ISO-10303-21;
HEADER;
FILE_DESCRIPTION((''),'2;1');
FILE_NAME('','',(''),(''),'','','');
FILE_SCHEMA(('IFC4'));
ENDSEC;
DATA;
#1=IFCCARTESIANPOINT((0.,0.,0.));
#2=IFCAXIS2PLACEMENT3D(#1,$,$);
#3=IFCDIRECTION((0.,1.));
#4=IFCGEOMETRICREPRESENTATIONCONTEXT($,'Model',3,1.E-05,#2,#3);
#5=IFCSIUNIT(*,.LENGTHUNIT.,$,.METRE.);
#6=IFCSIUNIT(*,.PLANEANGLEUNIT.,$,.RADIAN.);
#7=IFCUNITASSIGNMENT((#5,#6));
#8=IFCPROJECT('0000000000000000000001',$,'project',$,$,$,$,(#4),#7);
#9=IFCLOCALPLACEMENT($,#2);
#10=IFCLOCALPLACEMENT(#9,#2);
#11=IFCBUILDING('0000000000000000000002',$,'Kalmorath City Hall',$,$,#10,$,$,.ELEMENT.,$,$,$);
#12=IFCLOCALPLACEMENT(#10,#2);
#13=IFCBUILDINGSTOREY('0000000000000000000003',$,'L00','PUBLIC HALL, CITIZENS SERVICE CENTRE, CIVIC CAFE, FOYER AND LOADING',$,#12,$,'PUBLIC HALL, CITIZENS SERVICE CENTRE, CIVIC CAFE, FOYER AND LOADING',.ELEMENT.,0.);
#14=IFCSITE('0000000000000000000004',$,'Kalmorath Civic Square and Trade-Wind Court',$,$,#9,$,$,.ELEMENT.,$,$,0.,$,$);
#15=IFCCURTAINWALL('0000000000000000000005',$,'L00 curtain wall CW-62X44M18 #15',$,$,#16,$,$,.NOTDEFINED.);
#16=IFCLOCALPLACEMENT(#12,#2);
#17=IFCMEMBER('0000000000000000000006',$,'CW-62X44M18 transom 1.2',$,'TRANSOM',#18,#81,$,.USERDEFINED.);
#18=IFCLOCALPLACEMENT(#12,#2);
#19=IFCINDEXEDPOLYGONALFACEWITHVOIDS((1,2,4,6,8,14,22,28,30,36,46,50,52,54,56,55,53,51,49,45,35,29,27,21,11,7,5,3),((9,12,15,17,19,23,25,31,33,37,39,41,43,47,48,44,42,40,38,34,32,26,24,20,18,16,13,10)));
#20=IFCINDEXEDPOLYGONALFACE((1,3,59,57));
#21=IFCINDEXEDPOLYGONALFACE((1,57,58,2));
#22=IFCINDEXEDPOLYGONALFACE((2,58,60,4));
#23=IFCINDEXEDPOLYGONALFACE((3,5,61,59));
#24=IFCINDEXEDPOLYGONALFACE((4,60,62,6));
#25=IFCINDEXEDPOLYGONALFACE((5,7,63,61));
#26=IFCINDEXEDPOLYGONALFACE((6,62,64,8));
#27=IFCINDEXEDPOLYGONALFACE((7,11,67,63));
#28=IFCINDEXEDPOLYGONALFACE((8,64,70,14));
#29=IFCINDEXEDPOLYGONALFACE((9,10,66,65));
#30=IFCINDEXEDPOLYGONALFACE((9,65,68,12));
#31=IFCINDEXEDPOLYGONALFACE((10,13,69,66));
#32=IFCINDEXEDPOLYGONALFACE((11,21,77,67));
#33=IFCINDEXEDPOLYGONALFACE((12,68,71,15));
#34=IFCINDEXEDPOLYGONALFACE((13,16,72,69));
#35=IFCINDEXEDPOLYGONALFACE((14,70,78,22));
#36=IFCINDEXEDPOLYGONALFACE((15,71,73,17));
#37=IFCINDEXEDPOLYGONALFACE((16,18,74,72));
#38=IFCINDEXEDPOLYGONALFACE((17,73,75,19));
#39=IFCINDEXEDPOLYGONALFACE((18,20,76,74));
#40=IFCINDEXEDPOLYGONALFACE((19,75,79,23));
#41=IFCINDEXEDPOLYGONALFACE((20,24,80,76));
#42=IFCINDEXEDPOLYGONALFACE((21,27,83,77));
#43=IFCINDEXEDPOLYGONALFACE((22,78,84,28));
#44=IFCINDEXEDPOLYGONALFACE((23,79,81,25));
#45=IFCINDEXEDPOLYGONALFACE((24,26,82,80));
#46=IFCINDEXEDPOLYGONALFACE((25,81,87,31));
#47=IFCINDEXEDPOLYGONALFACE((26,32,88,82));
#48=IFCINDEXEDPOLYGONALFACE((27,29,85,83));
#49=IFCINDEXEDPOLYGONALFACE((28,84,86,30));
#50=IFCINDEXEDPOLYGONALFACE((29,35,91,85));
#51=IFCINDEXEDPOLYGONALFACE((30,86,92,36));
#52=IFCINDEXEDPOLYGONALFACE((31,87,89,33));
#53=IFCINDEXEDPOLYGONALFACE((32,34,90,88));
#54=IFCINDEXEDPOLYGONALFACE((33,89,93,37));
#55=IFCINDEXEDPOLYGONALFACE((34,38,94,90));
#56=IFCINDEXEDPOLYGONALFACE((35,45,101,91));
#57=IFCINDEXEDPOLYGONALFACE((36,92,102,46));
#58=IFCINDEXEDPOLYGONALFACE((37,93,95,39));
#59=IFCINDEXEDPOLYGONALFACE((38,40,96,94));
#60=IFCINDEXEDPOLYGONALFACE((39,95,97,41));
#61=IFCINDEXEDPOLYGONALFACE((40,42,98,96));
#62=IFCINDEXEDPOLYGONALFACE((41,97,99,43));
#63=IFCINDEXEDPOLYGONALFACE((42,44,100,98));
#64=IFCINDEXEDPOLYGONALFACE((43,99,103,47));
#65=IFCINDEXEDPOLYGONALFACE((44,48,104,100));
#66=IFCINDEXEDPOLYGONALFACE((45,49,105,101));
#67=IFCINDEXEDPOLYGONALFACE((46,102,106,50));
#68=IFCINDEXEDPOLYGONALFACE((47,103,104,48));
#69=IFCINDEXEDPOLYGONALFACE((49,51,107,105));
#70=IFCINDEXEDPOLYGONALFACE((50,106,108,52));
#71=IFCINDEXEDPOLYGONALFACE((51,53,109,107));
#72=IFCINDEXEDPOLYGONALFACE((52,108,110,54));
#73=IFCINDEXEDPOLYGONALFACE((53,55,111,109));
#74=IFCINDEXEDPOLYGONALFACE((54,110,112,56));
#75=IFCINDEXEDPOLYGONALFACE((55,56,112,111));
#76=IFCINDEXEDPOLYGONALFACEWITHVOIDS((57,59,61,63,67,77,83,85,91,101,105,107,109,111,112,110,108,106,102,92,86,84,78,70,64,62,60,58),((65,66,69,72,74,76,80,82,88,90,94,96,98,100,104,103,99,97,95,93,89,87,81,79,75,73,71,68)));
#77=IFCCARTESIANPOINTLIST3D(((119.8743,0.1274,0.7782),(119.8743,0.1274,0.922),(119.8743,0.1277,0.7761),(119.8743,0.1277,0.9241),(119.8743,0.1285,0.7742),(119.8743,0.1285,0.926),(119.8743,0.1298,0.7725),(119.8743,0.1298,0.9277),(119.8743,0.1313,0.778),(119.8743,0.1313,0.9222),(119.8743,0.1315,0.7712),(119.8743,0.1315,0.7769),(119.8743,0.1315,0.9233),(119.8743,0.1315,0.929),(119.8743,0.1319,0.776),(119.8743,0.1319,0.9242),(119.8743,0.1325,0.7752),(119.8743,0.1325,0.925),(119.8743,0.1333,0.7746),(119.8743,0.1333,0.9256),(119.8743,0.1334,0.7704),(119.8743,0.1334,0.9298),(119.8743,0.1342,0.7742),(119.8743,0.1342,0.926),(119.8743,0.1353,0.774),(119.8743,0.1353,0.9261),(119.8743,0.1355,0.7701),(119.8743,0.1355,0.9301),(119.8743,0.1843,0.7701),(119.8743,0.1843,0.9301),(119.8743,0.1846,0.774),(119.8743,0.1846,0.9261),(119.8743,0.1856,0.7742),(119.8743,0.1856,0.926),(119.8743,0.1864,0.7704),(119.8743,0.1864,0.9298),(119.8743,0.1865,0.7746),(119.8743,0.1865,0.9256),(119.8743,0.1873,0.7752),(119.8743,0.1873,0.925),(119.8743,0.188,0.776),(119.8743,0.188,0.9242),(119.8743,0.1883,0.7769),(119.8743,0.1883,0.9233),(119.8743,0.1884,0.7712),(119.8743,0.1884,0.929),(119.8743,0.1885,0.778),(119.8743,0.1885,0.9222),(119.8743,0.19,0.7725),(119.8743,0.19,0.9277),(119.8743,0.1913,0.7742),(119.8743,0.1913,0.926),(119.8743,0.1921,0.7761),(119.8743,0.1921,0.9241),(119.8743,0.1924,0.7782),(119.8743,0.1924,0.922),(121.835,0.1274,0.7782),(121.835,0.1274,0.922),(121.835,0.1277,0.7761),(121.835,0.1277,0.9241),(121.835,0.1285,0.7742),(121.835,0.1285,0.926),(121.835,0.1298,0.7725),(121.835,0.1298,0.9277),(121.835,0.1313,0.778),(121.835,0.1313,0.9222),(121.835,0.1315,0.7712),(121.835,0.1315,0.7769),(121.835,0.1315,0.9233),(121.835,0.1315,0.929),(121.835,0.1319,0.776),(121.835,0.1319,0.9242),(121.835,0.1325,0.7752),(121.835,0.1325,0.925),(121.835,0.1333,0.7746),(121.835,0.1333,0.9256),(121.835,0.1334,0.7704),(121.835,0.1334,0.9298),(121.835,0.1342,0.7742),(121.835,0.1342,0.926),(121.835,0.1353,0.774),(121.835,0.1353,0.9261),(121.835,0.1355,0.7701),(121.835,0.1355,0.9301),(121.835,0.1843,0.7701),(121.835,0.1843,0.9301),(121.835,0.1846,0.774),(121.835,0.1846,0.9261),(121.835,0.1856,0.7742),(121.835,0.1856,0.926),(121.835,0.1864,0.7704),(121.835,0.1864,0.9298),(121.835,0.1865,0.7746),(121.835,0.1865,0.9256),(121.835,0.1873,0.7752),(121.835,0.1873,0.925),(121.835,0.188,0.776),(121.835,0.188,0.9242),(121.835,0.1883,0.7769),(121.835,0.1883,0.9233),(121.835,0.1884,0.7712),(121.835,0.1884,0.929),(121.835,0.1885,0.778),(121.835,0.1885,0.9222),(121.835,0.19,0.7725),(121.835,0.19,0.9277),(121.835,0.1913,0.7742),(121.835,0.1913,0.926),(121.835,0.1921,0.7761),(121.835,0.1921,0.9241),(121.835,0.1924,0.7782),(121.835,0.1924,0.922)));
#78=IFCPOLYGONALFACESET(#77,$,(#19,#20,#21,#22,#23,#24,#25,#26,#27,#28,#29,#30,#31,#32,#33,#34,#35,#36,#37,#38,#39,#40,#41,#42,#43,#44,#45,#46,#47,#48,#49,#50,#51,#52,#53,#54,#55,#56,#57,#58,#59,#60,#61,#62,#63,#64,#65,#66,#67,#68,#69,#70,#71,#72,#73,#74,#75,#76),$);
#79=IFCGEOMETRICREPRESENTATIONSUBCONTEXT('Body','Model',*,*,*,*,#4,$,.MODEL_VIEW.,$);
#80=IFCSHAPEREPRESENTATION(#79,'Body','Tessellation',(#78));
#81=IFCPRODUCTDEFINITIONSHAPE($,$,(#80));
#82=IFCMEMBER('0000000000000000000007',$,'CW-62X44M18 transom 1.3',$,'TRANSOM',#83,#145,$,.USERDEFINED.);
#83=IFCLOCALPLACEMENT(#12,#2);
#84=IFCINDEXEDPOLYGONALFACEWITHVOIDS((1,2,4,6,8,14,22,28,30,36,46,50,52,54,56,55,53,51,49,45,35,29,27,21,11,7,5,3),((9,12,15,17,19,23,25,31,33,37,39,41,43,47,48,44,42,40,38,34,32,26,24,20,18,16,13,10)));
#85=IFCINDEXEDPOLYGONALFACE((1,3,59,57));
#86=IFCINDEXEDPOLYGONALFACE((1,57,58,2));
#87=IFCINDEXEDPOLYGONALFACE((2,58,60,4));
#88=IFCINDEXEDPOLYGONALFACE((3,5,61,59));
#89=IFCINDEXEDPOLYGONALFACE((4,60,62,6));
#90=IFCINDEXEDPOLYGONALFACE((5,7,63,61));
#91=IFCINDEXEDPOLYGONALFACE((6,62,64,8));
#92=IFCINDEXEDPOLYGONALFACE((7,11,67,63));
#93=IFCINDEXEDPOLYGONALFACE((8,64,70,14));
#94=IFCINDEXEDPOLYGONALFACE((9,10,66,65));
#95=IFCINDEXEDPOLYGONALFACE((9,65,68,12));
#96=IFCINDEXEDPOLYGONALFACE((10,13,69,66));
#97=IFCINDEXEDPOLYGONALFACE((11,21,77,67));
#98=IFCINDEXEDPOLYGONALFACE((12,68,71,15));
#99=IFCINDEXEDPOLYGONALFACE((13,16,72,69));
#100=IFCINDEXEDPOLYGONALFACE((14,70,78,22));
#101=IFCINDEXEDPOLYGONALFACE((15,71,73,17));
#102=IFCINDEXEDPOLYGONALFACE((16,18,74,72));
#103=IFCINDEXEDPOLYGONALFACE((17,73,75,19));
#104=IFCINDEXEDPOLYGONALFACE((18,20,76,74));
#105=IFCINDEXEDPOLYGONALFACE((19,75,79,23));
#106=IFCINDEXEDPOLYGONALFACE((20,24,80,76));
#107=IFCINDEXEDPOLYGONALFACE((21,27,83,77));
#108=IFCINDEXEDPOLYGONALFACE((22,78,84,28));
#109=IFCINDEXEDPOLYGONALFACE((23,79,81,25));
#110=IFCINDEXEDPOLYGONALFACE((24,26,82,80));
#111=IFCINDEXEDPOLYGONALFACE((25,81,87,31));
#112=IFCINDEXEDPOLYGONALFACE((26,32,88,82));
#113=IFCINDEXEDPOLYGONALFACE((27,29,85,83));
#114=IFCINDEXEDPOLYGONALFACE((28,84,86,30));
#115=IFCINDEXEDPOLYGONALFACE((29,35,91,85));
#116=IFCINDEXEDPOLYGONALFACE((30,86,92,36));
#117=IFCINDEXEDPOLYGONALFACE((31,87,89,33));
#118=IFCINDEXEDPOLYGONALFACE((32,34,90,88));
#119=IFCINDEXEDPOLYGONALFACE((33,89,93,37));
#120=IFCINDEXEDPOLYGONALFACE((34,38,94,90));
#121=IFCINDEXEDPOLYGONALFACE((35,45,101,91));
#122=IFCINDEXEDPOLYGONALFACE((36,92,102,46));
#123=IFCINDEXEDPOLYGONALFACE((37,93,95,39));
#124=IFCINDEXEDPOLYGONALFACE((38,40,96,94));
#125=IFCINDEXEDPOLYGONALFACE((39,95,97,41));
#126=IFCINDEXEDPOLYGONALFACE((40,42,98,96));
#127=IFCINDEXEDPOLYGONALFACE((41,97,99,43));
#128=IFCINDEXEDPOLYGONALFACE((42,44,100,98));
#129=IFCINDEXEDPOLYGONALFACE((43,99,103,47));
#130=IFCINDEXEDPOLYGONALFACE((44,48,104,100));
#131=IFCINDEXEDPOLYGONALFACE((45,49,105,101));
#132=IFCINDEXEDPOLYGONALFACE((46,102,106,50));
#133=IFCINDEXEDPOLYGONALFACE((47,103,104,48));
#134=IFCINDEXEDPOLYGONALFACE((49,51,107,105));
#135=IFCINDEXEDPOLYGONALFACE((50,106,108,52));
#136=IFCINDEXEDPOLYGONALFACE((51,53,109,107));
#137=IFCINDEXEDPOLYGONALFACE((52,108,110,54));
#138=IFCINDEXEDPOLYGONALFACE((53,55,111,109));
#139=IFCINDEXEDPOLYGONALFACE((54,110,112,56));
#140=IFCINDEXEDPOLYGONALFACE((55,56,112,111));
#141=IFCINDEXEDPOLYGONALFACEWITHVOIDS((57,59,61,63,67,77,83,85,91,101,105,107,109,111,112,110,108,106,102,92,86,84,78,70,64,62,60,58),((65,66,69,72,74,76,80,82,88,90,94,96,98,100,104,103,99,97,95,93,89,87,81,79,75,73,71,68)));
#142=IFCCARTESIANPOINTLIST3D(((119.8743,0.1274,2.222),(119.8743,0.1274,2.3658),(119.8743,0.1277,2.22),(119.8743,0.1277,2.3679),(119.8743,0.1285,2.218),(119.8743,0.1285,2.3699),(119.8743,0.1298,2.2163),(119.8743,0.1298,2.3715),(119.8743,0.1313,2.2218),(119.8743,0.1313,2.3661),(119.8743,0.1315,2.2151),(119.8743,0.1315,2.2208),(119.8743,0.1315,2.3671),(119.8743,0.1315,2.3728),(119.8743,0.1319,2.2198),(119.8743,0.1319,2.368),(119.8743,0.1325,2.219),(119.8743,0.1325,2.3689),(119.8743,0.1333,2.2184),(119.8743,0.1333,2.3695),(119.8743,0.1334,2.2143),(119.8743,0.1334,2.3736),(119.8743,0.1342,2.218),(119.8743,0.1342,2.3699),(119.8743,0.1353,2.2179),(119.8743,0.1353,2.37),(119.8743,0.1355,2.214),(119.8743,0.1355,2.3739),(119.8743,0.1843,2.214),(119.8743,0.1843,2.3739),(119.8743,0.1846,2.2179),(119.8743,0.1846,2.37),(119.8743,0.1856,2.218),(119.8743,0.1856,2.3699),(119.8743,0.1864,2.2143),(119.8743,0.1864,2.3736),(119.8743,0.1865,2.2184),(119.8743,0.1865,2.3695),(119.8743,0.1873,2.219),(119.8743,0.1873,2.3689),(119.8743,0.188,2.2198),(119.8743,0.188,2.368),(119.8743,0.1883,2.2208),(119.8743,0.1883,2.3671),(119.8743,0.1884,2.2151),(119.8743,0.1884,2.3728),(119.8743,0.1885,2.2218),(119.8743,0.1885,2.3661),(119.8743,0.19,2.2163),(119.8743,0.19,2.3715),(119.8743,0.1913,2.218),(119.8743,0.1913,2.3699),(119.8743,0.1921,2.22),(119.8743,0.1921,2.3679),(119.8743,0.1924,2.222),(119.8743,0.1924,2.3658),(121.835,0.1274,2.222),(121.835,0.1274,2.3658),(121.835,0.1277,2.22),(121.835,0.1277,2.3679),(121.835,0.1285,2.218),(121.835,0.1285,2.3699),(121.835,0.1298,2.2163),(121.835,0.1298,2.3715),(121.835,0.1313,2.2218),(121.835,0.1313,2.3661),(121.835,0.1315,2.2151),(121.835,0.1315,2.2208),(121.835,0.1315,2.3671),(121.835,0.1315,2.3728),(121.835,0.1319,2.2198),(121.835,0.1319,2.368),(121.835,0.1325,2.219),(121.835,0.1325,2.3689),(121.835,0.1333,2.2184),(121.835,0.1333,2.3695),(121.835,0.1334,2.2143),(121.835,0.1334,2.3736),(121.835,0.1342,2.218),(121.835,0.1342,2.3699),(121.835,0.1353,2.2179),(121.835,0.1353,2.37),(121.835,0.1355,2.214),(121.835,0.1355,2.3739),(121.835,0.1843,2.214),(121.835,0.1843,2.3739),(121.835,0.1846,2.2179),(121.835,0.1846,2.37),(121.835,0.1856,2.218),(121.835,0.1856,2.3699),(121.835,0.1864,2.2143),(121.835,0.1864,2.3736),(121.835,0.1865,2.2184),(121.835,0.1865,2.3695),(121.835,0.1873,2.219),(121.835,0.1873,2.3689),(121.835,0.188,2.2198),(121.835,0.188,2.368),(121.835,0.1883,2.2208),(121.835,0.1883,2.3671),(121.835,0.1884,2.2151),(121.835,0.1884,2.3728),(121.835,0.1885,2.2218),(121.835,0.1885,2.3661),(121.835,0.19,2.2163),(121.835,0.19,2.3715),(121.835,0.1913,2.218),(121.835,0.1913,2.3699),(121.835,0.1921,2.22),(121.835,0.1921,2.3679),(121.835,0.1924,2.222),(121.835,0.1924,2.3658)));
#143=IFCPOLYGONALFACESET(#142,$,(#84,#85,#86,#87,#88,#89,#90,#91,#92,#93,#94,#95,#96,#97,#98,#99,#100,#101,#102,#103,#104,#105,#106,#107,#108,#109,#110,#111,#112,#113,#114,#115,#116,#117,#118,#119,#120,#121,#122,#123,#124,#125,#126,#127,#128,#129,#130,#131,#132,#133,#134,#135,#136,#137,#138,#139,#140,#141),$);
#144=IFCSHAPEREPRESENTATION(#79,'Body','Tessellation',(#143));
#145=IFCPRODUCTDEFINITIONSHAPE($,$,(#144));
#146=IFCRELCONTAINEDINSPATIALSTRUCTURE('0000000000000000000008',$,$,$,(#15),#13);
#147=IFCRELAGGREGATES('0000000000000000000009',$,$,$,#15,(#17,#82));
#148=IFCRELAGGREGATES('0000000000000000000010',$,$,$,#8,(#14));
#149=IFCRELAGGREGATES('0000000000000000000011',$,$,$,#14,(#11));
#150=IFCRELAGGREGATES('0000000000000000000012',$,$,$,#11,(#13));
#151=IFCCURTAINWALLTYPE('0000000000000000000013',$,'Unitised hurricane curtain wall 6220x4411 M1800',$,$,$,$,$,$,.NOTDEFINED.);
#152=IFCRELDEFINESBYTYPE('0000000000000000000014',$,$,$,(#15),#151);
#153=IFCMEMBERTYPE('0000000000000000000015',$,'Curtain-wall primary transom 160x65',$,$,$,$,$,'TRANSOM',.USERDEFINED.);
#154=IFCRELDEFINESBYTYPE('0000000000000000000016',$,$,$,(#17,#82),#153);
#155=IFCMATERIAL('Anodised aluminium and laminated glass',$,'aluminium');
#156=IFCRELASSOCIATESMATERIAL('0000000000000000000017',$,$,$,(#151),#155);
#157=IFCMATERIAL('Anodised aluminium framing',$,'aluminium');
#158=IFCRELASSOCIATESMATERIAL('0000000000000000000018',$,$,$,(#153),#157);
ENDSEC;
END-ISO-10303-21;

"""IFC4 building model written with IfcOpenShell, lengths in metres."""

from ifc_helpers import new_model, si_unit, direction, frame, origin, origin_2d, place, context, subcontext, project, spatial, hollow_rectangle, extrude, material, material_profile, profile_set, type_object, element, aggregate, save


model = new_model("IFC4")

# Units and contexts
model_context = context("Model", 3, precision=1e-05, world=origin(), true_north=direction((0.0, 1.0)))
body_context = subcontext(model_context, "Body", "Model", "MODEL_VIEW")
ifc_project = project(units=[si_unit("LENGTHUNIT", "METRE"), si_unit("PLANEANGLEUNIT", "RADIAN")], contexts=[model_context])

# Site, building, storey
site_placement = place(None, origin())
site = spatial("IfcSite", under=ifc_project, at=site_placement, Name="Kalmorath Civic Square and Trade-Wind Court", CompositionType="ELEMENT", RefElevation=0.0)
building_placement = place(site_placement, origin())
building = spatial("IfcBuilding", under=site, at=building_placement, Name="Kalmorath City Hall", CompositionType="ELEMENT")
storey_placement = place(building_placement, origin())
storey = spatial("IfcBuildingStorey", under=building, at=storey_placement, Name="L00", Description="PUBLIC HALL, CITIZENS SERVICE CENTRE, CIVIC CAFE, FOYER AND LOADING", LongName="PUBLIC HALL, CITIZENS SERVICE CENTRE, CIVIC CAFE, FOYER AND LOADING", CompositionType="ELEMENT", Elevation=0.0)

# Curtain wall, members
ifc_material_1 = material(Name="Anodised aluminium and laminated glass", Category="aluminium")
curtain_wall_type = type_object("IfcCurtainWallType", Name="Unitised hurricane curtain wall 6220x4411 M1800", PredefinedType="NOTDEFINED", material=ifc_material_1)
curtain_wall_placement = place(storey_placement, origin())
curtain_wall = element("IfcCurtainWall", 1, at=curtain_wall_placement, inside=storey, type_object=curtain_wall_type, Name="L00 curtain wall CW-62X44M18 #15", PredefinedType="NOTDEFINED")
ifc_material_2 = material(Name="Anodised aluminium framing", Category="aluminium")
ifc_material_profile_1 = material_profile(ifc_material_2, hollow_rectangle(XDim=0.0649, YDim=0.1599, WallThickness=0.0039, InnerFilletRadius=0.0039, OuterFilletRadius=0.0081, at=origin_2d()), Name="ALU-TRN-160X65X4")
ifc_profile_set_1 = profile_set([ifc_material_profile_1], Name="Anodised aluminium framing")
member_type_1 = type_object("IfcMemberType", Name="Curtain-wall primary transom 160x65", ElementType="TRANSOM", PredefinedType="USERDEFINED", material=ifc_profile_set_1)
member_1_placement = place(storey_placement, frame((121.835, 0.1599, 0.8501), z_axis=(-1.0, 0.0, 0.0), x_axis=(0.0, -1.0, 0.0)))
member_1 = element("IfcMember", 2, at=member_1_placement, type_object=member_type_1, Name="CW-62X44M18 transom 1.2", ObjectType="TRANSOM", PredefinedType="USERDEFINED", context=body_context, shape_type="SweptSolid", body=[
    extrude(hollow_rectangle(XDim=0.0649, YDim=0.1599, WallThickness=0.0039, InnerFilletRadius=0.0039, OuterFilletRadius=0.0081, at=origin_2d()), origin(), (0.0, 0.0, 1.0), 1.9607),
])
member_2_placement = place(storey_placement, frame((121.835, 0.1599, 2.2939), z_axis=(-1.0, 0.0, 0.0), x_axis=(0.0, -1.0, 0.0)))
member_2 = element("IfcMember", 3, at=member_2_placement, type_object=member_type_1, Name="CW-62X44M18 transom 1.3", ObjectType="TRANSOM", PredefinedType="USERDEFINED", context=body_context, shape_type="SweptSolid", body=[
    extrude(hollow_rectangle(XDim=0.0649, YDim=0.1599, WallThickness=0.0039, InnerFilletRadius=0.0039, OuterFilletRadius=0.0081, at=origin_2d()), origin(), (0.0, 0.0, 1.0), 1.9607),
])
aggregate(curtain_wall, [member_1, member_2])

save(model, "model.ifc")
